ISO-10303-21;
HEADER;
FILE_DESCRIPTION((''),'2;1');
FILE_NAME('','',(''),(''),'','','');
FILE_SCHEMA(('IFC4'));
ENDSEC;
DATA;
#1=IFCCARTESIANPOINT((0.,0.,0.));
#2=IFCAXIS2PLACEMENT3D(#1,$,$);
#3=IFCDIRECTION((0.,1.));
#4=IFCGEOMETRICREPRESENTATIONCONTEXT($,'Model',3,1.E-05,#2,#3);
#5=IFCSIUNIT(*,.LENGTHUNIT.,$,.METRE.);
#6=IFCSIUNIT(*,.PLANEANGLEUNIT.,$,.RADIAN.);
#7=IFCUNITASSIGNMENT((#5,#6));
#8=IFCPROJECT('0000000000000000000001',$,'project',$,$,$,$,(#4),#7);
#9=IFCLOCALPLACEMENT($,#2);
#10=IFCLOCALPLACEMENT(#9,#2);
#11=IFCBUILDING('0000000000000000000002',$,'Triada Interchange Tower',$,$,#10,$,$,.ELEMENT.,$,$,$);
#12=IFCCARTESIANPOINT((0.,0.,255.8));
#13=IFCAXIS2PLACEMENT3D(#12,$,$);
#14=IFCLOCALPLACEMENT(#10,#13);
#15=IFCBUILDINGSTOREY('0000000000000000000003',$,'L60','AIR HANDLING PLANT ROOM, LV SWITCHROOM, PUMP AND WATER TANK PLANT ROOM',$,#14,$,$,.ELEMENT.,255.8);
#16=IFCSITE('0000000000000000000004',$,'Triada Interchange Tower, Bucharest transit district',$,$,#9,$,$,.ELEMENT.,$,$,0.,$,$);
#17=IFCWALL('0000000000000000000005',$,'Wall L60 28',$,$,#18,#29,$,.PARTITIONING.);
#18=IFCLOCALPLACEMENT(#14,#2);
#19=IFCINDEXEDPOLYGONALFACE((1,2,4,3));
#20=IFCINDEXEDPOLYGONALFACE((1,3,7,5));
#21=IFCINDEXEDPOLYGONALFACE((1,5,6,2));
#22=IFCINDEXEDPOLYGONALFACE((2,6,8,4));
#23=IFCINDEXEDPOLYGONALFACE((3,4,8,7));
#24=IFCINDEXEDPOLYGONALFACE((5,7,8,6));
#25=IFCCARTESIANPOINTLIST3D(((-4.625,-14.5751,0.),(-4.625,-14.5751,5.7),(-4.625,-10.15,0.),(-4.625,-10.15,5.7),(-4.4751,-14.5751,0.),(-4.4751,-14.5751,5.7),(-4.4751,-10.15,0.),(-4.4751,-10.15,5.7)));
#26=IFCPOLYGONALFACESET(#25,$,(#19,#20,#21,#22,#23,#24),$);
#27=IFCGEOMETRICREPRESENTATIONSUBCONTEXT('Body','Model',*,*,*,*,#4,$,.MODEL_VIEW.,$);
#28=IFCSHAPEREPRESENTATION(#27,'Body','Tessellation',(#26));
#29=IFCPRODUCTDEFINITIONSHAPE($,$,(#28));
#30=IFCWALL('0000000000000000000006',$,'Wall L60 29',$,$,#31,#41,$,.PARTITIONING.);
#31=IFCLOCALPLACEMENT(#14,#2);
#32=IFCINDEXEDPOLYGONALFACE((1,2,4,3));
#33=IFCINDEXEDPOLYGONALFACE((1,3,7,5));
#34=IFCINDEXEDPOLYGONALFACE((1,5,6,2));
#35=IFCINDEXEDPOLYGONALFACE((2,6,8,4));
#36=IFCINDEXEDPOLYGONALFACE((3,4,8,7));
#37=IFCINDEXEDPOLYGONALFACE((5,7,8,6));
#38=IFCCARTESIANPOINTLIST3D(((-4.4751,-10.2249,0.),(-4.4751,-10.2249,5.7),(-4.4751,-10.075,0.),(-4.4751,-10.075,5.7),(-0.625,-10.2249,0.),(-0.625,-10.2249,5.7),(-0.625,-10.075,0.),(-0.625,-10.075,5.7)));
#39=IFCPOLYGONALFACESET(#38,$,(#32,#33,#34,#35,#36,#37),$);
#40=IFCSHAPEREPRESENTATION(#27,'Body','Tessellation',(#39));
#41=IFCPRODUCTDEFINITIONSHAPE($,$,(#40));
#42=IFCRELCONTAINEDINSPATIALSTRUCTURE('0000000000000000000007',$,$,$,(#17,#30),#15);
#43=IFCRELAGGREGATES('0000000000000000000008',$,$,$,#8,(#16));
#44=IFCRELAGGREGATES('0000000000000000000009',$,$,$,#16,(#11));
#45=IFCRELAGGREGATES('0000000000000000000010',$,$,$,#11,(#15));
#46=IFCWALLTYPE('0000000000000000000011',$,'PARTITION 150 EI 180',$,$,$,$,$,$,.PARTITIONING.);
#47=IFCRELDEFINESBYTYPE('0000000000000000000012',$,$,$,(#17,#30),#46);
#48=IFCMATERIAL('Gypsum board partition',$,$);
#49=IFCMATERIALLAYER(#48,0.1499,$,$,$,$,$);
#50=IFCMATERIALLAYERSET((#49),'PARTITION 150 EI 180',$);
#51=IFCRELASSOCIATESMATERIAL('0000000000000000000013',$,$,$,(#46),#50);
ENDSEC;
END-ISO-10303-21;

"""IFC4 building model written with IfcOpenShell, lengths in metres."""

from ifc_helpers import new_model, si_unit, direction, frame, frame_2d, origin, place, context, subcontext, project, spatial, rectangle, extrude, material, layer, layer_set, type_object, element, save


model = new_model("IFC4")

# Units and contexts
model_context = context("Model", 3, precision=1e-05, world=origin(), true_north=direction((0.0, 1.0)))
body_context = subcontext(model_context, "Body", "Model", "MODEL_VIEW")
ifc_project = project(units=[si_unit("LENGTHUNIT", "METRE"), si_unit("PLANEANGLEUNIT", "RADIAN")], contexts=[model_context])

# Site, building, storey
site_placement = place(None, origin())
site = spatial("IfcSite", under=ifc_project, at=site_placement, Name="Triada Interchange Tower, Bucharest transit district", CompositionType="ELEMENT", RefElevation=0.0)
building_placement = place(site_placement, origin())
building = spatial("IfcBuilding", under=site, at=building_placement, Name="Triada Interchange Tower", CompositionType="ELEMENT")
storey_placement = place(building_placement, frame((0.0, 0.0, 255.8)))
storey = spatial("IfcBuildingStorey", under=building, at=storey_placement, Name="L60", Description="AIR HANDLING PLANT ROOM, LV SWITCHROOM, PUMP AND WATER TANK PLANT ROOM", CompositionType="ELEMENT", Elevation=255.8)

# Shared definitions
ifc_material_1 = material(Name="Gypsum board partition")
ifc_layer_1 = layer(ifc_material_1, 0.1499)
ifc_layer_set_1 = layer_set([ifc_layer_1], Name="PARTITION 150 EI 180")
wall_type_1 = type_object("IfcWallType", Name="PARTITION 150 EI 180", PredefinedType="PARTITIONING", material=ifc_layer_set_1)

# Walls
wall_1_placement = place(storey_placement, frame((-4.55, -14.575, 0.0), z_axis=(0.0, 0.0, 1.0), x_axis=(0.0, 1.0, 0.0)))
element("IfcWall", 1, at=wall_1_placement, inside=storey, type_object=wall_type_1, Name="Wall L60 28", PredefinedType="PARTITIONING", context=body_context, shape_type="SweptSolid", body=[
    extrude(rectangle(XDim=4.425, YDim=0.1499, at=frame_2d((2.2124, 0.0))), origin(), (0.0, 0.0, 1.0), 5.7),
])
wall_2_placement = place(storey_placement, frame((-4.4751, -10.1499, 0.0), z_axis=(0.0, 0.0, 1.0), x_axis=(1.0, 0.0, 0.0)))
element("IfcWall", 2, at=wall_2_placement, inside=storey, type_object=wall_type_1, Name="Wall L60 29", PredefinedType="PARTITIONING", context=body_context, shape_type="SweptSolid", body=[
    extrude(rectangle(XDim=3.8501, YDim=0.1499, at=frame_2d((1.925, 0.0))), origin(), (0.0, 0.0, 1.0), 5.7),
])

save(model, "model.ifc")
